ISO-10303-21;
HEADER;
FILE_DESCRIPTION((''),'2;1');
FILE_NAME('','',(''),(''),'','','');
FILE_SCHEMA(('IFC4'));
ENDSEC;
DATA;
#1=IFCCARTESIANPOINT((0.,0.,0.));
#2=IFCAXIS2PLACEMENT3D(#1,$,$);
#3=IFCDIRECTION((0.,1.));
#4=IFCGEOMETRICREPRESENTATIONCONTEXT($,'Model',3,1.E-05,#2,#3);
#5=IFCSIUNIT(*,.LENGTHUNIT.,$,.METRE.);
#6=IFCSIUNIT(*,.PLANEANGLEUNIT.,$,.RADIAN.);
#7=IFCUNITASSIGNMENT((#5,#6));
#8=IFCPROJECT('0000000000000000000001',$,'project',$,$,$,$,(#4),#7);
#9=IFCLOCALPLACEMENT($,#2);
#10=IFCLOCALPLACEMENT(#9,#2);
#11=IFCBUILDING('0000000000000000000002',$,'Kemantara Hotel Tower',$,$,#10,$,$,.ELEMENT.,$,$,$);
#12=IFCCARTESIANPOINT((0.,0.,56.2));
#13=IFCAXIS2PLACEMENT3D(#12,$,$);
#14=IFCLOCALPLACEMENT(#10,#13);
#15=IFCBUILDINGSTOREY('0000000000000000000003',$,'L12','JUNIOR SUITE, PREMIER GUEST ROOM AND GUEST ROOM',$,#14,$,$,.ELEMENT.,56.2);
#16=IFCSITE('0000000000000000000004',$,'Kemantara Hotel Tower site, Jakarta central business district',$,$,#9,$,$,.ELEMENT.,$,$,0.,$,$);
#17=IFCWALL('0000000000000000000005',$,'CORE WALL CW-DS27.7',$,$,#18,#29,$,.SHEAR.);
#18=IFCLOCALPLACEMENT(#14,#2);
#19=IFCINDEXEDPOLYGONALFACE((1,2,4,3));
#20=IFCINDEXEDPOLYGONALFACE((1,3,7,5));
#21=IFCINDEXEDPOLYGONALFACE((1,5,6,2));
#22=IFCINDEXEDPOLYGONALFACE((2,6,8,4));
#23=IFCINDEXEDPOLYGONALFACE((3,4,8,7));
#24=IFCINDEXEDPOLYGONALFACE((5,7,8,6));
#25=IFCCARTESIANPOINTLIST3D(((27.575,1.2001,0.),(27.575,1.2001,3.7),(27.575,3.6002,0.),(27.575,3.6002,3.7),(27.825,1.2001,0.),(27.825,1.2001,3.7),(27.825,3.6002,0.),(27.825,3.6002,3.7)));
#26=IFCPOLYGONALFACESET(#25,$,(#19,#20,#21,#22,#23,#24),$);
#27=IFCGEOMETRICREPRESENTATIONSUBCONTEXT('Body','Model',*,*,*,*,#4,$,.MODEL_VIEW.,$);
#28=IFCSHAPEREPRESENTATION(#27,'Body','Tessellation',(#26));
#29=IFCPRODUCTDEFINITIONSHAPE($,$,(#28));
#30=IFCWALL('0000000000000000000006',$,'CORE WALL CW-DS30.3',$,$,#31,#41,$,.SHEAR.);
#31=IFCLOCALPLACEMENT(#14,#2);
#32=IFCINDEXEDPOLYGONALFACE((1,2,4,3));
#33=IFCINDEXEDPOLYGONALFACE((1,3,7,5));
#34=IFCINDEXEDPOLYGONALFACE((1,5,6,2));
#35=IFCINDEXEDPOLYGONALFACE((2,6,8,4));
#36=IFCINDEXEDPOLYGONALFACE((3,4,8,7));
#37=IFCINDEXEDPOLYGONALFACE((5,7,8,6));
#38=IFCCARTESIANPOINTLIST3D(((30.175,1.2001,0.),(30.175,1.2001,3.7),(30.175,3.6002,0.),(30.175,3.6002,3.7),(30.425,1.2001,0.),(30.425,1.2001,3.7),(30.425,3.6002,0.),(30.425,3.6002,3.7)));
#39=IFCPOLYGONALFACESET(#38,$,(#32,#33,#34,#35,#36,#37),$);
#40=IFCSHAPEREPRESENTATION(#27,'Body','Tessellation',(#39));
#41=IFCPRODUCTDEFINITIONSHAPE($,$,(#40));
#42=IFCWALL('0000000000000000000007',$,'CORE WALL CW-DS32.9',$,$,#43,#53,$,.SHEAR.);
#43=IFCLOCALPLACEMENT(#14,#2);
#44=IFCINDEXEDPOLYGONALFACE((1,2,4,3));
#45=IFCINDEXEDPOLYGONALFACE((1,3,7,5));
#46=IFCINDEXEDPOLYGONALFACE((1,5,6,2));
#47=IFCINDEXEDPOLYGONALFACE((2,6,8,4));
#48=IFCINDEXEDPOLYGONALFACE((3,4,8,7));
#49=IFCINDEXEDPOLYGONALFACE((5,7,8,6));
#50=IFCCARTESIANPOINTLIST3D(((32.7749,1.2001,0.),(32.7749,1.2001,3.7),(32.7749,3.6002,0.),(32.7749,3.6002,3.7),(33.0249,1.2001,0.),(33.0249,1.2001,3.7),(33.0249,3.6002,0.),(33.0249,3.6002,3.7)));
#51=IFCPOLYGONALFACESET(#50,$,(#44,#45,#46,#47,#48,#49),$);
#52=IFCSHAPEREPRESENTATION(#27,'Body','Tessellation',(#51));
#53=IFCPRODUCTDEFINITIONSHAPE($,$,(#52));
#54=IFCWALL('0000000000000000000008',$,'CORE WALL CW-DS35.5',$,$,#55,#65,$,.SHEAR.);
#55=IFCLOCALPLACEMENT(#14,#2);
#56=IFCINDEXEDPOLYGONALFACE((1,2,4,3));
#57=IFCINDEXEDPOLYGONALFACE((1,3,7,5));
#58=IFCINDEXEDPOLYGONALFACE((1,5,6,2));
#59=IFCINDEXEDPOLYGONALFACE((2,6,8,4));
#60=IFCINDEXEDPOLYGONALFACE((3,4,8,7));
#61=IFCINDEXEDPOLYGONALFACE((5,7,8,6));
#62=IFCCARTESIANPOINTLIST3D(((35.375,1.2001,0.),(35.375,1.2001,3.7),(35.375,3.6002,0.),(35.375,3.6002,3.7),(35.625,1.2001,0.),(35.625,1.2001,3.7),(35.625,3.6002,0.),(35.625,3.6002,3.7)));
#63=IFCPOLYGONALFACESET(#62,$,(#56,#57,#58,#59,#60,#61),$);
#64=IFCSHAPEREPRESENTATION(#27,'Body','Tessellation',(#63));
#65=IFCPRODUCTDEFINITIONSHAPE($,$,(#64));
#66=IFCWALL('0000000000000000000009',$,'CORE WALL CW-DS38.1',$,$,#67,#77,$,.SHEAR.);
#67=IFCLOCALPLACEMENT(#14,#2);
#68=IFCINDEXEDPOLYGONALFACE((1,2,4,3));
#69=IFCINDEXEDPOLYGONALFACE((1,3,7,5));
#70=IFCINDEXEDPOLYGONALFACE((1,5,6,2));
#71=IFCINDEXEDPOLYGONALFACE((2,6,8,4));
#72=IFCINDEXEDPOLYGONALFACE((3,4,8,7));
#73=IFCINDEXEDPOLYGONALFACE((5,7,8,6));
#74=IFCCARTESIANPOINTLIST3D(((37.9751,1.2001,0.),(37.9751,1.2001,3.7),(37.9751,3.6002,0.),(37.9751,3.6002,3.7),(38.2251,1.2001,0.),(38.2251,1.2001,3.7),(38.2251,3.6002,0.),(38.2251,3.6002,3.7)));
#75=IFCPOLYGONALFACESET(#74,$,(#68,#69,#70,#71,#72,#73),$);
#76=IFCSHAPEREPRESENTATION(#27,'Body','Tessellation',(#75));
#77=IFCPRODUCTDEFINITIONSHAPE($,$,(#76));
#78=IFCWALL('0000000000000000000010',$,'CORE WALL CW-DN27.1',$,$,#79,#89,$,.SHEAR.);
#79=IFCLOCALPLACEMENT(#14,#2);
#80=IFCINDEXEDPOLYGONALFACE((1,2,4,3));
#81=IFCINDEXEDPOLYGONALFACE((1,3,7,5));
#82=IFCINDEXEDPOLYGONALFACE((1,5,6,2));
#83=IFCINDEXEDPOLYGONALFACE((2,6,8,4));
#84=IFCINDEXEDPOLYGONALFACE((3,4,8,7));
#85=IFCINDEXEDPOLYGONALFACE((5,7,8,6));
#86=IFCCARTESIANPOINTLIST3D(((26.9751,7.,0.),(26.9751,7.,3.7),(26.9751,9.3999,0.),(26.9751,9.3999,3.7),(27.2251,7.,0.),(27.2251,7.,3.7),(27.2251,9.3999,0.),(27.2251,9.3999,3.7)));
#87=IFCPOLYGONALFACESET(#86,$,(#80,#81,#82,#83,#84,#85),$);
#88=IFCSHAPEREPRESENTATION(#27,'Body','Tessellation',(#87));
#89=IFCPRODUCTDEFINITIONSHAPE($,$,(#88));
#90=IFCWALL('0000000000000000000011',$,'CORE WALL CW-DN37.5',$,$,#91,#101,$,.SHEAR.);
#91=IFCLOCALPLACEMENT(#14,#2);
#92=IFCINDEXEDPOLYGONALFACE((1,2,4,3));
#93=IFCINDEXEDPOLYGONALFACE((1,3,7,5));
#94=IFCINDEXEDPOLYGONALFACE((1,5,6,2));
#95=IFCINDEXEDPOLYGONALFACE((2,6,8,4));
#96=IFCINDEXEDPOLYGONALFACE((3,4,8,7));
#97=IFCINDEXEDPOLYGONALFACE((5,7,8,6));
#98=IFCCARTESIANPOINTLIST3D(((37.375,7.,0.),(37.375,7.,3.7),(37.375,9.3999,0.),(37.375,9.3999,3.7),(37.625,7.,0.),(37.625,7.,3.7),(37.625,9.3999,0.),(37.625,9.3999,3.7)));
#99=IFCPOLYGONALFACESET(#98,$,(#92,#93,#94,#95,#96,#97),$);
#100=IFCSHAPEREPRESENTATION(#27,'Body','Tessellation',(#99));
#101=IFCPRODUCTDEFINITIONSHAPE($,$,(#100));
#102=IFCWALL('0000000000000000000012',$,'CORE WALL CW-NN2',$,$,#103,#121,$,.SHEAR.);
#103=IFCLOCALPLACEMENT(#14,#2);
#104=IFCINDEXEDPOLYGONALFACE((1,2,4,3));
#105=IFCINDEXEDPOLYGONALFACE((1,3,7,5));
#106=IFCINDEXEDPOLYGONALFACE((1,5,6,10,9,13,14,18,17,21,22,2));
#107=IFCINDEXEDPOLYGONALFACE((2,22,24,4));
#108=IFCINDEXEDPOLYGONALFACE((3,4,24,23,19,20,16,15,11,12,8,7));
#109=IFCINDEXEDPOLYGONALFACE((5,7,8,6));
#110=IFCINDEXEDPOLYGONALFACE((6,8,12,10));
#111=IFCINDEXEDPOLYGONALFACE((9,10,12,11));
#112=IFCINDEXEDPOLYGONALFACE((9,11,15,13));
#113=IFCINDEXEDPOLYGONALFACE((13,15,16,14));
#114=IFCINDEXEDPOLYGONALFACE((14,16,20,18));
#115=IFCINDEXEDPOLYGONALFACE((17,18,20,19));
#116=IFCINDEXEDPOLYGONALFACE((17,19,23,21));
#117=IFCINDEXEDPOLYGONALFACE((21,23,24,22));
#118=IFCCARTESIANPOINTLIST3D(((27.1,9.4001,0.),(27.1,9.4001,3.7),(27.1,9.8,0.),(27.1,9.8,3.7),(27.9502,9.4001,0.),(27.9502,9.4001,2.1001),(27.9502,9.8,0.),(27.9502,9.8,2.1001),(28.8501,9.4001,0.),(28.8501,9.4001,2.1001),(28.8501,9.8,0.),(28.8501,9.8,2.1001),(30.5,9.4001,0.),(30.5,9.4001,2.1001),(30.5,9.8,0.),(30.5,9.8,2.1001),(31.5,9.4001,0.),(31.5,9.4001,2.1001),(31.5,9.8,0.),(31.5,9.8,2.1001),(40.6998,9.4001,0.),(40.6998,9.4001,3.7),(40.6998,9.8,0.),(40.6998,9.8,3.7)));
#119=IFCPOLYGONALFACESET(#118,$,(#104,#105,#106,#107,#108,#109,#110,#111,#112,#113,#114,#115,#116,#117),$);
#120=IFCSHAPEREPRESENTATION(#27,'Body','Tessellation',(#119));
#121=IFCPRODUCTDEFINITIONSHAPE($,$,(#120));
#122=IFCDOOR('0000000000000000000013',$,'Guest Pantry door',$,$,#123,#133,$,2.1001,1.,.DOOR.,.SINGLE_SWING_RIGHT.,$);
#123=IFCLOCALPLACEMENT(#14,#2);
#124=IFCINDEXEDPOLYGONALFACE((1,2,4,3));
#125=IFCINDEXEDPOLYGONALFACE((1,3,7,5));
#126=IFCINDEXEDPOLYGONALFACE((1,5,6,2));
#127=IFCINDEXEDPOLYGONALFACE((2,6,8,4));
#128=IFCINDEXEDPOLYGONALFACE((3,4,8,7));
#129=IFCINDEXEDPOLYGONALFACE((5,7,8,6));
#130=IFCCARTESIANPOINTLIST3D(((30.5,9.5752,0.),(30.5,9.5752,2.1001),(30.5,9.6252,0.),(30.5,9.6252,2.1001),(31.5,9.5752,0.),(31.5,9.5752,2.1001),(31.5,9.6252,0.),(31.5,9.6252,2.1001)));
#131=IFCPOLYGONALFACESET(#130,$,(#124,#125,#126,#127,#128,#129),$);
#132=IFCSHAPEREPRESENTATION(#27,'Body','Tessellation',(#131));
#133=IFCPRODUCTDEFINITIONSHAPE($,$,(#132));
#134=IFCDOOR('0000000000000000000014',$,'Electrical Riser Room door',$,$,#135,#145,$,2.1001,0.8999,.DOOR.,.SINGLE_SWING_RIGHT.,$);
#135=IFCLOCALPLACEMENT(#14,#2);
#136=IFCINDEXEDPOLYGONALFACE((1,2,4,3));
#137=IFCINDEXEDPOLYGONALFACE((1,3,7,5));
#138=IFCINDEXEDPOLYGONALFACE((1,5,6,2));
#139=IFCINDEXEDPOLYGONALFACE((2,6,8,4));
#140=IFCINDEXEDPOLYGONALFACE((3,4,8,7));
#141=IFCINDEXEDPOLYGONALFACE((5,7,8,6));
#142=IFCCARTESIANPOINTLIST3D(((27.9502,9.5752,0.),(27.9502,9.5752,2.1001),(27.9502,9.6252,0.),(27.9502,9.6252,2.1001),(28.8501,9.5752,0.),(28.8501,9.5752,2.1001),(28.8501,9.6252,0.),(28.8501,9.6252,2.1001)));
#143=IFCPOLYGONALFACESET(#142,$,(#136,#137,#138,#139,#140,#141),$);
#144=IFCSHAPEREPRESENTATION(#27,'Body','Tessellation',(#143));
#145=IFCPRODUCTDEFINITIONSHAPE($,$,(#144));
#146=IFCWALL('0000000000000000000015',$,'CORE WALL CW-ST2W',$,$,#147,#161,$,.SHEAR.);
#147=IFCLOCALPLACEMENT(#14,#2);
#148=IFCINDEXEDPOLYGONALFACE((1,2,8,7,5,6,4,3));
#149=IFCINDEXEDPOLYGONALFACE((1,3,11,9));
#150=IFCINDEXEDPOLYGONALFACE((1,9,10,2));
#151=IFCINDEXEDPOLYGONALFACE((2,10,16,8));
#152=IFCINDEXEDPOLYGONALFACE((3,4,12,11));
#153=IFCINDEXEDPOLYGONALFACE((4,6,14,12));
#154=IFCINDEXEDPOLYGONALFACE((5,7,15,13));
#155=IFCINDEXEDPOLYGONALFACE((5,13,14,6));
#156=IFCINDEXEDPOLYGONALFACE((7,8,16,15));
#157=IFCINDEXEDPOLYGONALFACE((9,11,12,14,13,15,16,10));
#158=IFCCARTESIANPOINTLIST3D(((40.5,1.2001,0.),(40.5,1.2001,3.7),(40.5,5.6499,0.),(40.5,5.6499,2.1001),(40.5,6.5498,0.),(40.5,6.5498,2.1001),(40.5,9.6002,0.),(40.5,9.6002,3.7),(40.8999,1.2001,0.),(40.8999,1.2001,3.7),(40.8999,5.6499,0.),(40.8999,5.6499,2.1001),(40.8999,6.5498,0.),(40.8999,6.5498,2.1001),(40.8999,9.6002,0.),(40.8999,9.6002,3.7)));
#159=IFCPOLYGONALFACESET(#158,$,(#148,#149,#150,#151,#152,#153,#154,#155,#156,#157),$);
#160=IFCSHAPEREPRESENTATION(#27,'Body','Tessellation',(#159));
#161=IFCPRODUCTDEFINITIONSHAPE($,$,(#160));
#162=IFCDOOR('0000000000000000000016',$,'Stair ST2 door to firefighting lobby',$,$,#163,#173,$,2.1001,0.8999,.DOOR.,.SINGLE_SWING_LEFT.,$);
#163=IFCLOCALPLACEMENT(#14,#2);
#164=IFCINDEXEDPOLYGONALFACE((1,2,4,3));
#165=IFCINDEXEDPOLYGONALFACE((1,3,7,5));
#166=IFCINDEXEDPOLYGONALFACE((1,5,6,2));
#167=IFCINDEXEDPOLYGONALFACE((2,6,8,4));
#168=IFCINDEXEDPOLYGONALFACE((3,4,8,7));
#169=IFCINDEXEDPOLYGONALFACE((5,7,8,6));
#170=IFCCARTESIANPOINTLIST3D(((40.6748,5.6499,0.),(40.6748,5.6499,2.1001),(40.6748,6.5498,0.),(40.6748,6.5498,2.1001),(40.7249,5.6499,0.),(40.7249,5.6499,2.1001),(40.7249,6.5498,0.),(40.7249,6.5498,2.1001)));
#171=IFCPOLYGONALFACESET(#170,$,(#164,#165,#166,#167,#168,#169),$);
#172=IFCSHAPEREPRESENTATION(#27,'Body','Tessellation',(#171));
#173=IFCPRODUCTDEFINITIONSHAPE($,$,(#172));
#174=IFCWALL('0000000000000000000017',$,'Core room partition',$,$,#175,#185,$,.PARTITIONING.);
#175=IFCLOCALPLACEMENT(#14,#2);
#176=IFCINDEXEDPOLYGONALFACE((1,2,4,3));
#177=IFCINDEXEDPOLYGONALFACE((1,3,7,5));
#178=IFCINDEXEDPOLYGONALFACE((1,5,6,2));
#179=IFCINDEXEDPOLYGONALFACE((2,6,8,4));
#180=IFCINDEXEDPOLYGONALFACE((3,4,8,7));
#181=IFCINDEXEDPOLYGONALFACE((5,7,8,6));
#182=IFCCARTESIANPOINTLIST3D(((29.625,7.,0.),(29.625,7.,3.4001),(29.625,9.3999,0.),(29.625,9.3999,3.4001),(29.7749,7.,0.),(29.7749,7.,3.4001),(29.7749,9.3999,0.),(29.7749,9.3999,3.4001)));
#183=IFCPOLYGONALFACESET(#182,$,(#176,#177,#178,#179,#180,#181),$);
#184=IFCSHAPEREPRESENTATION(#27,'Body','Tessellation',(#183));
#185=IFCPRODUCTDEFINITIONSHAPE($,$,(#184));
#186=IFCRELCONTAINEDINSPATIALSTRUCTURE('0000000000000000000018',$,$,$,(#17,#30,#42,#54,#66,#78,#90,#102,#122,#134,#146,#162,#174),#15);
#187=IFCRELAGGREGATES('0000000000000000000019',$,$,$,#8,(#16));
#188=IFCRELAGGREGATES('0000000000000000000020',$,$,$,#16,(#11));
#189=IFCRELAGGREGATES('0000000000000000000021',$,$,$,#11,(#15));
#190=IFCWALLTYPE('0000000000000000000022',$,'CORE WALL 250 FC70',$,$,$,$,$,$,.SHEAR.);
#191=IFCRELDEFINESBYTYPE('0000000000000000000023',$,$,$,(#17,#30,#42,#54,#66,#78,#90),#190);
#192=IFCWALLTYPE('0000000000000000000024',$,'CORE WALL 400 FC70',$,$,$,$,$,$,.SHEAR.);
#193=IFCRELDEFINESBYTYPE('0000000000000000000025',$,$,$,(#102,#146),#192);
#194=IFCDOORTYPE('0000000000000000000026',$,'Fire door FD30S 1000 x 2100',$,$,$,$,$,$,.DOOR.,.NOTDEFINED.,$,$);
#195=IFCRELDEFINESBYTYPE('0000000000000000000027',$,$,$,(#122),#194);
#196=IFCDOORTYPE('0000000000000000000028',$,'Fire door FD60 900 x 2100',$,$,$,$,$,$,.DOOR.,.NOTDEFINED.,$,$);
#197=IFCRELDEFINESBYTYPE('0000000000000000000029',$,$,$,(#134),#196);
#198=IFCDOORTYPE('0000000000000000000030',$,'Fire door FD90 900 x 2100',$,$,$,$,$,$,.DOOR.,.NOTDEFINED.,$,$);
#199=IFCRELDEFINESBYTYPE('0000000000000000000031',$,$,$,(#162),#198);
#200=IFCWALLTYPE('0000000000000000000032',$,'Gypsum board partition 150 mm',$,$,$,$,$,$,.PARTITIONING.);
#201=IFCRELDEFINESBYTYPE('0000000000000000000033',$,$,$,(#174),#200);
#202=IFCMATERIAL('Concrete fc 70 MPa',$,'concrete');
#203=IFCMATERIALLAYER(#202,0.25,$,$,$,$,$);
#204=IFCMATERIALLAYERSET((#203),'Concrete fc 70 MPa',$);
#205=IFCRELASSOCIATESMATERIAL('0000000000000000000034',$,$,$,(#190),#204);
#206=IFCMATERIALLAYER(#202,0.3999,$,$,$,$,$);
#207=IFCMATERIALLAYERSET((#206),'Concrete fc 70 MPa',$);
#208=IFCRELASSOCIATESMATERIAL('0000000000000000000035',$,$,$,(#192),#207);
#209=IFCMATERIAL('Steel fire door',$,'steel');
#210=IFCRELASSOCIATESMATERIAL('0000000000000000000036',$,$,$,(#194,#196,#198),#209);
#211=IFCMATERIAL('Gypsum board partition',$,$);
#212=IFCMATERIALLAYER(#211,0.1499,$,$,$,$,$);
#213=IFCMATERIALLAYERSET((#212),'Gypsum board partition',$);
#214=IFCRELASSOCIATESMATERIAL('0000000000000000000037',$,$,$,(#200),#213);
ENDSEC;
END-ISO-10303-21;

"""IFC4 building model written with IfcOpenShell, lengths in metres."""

from ifc_helpers import new_model, si_unit, direction, frame, frame_2d, origin, place, context, subcontext, project, spatial, rectangle, extrude, material, layer, layer_set, type_object, element, fill, save


model = new_model("IFC4")

# Units and contexts
model_context = context("Model", 3, precision=1e-05, world=origin(), true_north=direction((0.0, 1.0)))
body_context = subcontext(model_context, "Body", "Model", "MODEL_VIEW")
ifc_project = project(units=[si_unit("LENGTHUNIT", "METRE"), si_unit("PLANEANGLEUNIT", "RADIAN")], contexts=[model_context])

# Site, building, storey
site_placement = place(None, origin())
site = spatial("IfcSite", under=ifc_project, at=site_placement, Name="Kemantara Hotel Tower site, Jakarta central business district", CompositionType="ELEMENT", RefElevation=0.0)
building_placement = place(site_placement, origin())
building = spatial("IfcBuilding", under=site, at=building_placement, Name="Kemantara Hotel Tower", CompositionType="ELEMENT")
storey_placement = place(building_placement, frame((0.0, 0.0, 56.2)))
storey = spatial("IfcBuildingStorey", under=building, at=storey_placement, Name="L12", Description="JUNIOR SUITE, PREMIER GUEST ROOM AND GUEST ROOM", CompositionType="ELEMENT", Elevation=56.2)

# Walls
ifc_material_1 = material(Name="Concrete fc 70 MPa", Category="concrete")
ifc_layer_1 = layer(ifc_material_1, 0.25)
ifc_layer_set_1 = layer_set([ifc_layer_1], Name="Concrete fc 70 MPa")
wall_type_1 = type_object("IfcWallType", Name="CORE WALL 250 FC70", PredefinedType="SHEAR", material=ifc_layer_set_1)
for number, where, z_axis, x_axis, name in (
    (1, (27.7, 1.2, 0.0), (0.0, 0.0, 1.0), (0.0, 1.0, 0.0), "CORE WALL CW-DS27.7"),
    (2, (30.3, 1.2, 0.0), (0.0, 0.0, 1.0), (0.0, 1.0, 0.0), "CORE WALL CW-DS30.3"),
    (3, (32.8999, 1.2, 0.0), (0.0, 0.0, 1.0), (0.0, 1.0, 0.0), "CORE WALL CW-DS32.9"),
    (4, (35.5, 1.2, 0.0), (0.0, 0.0, 1.0), (0.0, 1.0, 0.0), "CORE WALL CW-DS35.5"),
    (5, (38.1001, 1.2, 0.0), (0.0, 0.0, 1.0), (0.0, 1.0, 0.0), "CORE WALL CW-DS38.1"),
):
    element("IfcWall", number, at=place(storey_placement, frame(where, z_axis=z_axis, x_axis=x_axis)), inside=storey, type_object=wall_type_1, Name=name, PredefinedType="SHEAR", context=body_context, shape_type="SweptSolid", body=[
        extrude(rectangle(XDim=2.4001, YDim=0.25, at=frame_2d((1.2002, 0.0))), origin(), (0.0, 0.0, 1.0), 3.7),
    ])
for number, where, z_axis, x_axis, name in (
    (6, (27.1001, 7.0, 0.0), (0.0, 0.0, 1.0), (0.0, 1.0, 0.0), "CORE WALL CW-DN27.1"),
    (7, (37.5, 7.0, 0.0), (0.0, 0.0, 1.0), (0.0, 1.0, 0.0), "CORE WALL CW-DN37.5"),
):
    element("IfcWall", number, at=place(storey_placement, frame(where, z_axis=z_axis, x_axis=x_axis)), inside=storey, type_object=wall_type_1, Name=name, PredefinedType="SHEAR", context=body_context, shape_type="SweptSolid", body=[
        extrude(rectangle(XDim=2.3999, YDim=0.25, at=frame_2d((1.2, 0.0))), origin(), (0.0, 0.0, 1.0), 3.7),
    ])

# Wall, openings, doors
ifc_layer_2 = layer(ifc_material_1, 0.3999)
ifc_layer_set_2 = layer_set([ifc_layer_2], Name="Concrete fc 70 MPa")
wall_type_2 = type_object("IfcWallType", Name="CORE WALL 400 FC70", PredefinedType="SHEAR", material=ifc_layer_set_2)
wall_1_placement = place(storey_placement, frame((27.1001, 9.6001, 0.0), z_axis=(0.0, 0.0, 1.0), x_axis=(1.0, 0.0, 0.0)))
wall_1 = element("IfcWall", 8, at=wall_1_placement, inside=storey, type_object=wall_type_2, Name="CORE WALL CW-NN2", PredefinedType="SHEAR", context=body_context, shape_type="SweptSolid", body=[
    extrude(rectangle(XDim=13.5999, YDim=0.3999, at=frame_2d((6.7998, 0.0))), origin(), (0.0, 0.0, 1.0), 3.7),
])
opening_1_placement = place(wall_1_placement, frame((0.8501, 0.0, 0.0)))
opening_1 = element("IfcOpeningElement", 9, at=opening_1_placement, cuts=wall_1, PredefinedType="OPENING", context=body_context, shape_type="SweptSolid", body=[
    extrude(rectangle(XDim=0.8999, YDim=2.1001, at=frame_2d((0.45, 1.05))), frame((0.0, 0.21, 0.0), z_axis=(0.0, -1.0, 0.0), x_axis=(1.0, 0.0, 0.0)), (0.0, 0.0, 1.0), 0.4199),
])
opening_2_placement = place(wall_1_placement, frame((3.3999, 0.0, 0.0)))
opening_2 = element("IfcOpeningElement", 10, at=opening_2_placement, cuts=wall_1, PredefinedType="OPENING", context=body_context, shape_type="SweptSolid", body=[
    extrude(rectangle(XDim=1.0, YDim=2.1001, at=frame_2d((0.5, 1.05))), frame((0.0, 0.21, 0.0), z_axis=(0.0, -1.0, 0.0), x_axis=(1.0, 0.0, 0.0)), (0.0, 0.0, 1.0), 0.4199),
])
ifc_material_2 = material(Name="Steel fire door", Category="steel")
door_type_1 = type_object("IfcDoorType", Name="Fire door FD30S 1000 x 2100", OperationType="NOTDEFINED", PredefinedType="DOOR", material=ifc_material_2)
door_1_placement = place(opening_2_placement, frame((1.0, 0.0, 0.0), z_axis=(0.0, 0.0, 1.0), x_axis=(-1.0, 0.0, 0.0)))
door_1 = element("IfcDoor", 11, at=door_1_placement, inside=storey, type_object=door_type_1, Name="Guest Pantry door", OperationType="SINGLE_SWING_RIGHT", OverallHeight=2.1001, OverallWidth=1.0, PredefinedType="DOOR", context=body_context, shape_type="SweptSolid", body=[
    extrude(rectangle(XDim=1.0, YDim=2.1001, at=frame_2d((0.5, 1.05))), frame((0.0, 0.0249, 0.0), z_axis=(0.0, -1.0, 0.0), x_axis=(1.0, 0.0, 0.0)), (0.0, 0.0, 1.0), 0.05),
])
fill(opening_2, door_1)
door_type_2 = type_object("IfcDoorType", Name="Fire door FD60 900 x 2100", OperationType="NOTDEFINED", PredefinedType="DOOR", material=ifc_material_2)
door_2_placement = place(opening_1_placement, frame((0.8999, 0.0, 0.0), z_axis=(0.0, 0.0, 1.0), x_axis=(-1.0, 0.0, 0.0)))
door_2 = element("IfcDoor", 12, at=door_2_placement, inside=storey, type_object=door_type_2, Name="Electrical Riser Room door", OperationType="SINGLE_SWING_RIGHT", OverallHeight=2.1001, OverallWidth=0.8999, PredefinedType="DOOR", context=body_context, shape_type="SweptSolid", body=[
    extrude(rectangle(XDim=0.8999, YDim=2.1001, at=frame_2d((0.45, 1.05))), frame((0.0, 0.0249, 0.0), z_axis=(0.0, -1.0, 0.0), x_axis=(1.0, 0.0, 0.0)), (0.0, 0.0, 1.0), 0.05),
])
fill(opening_1, door_2)

# Wall, opening, door
wall_2_placement = place(storey_placement, frame((40.7, 1.2, 0.0), z_axis=(0.0, 0.0, 1.0), x_axis=(0.0, 1.0, 0.0)))
wall_2 = element("IfcWall", 13, at=wall_2_placement, inside=storey, type_object=wall_type_2, Name="CORE WALL CW-ST2W", PredefinedType="SHEAR", context=body_context, shape_type="SweptSolid", body=[
    extrude(rectangle(XDim=8.4001, YDim=0.3999, at=frame_2d((4.2002, 0.0))), origin(), (0.0, 0.0, 1.0), 3.7),
])
opening_3_placement = place(wall_2_placement, frame((4.45, 0.0, 0.0)))
opening_3 = element("IfcOpeningElement", 14, at=opening_3_placement, cuts=wall_2, PredefinedType="OPENING", context=body_context, shape_type="SweptSolid", body=[
    extrude(rectangle(XDim=0.8999, YDim=2.1001, at=frame_2d((0.45, 1.05))), frame((0.0, 0.21, 0.0), z_axis=(0.0, -1.0, 0.0), x_axis=(1.0, 0.0, 0.0)), (0.0, 0.0, 1.0), 0.4199),
])
door_type_3 = type_object("IfcDoorType", Name="Fire door FD90 900 x 2100", OperationType="NOTDEFINED", PredefinedType="DOOR", material=ifc_material_2)
door_3_placement = place(opening_3_placement, frame((0.8999, 0.0, 0.0), z_axis=(0.0, 0.0, 1.0), x_axis=(-1.0, 0.0, 0.0)))
door_3 = element("IfcDoor", 15, at=door_3_placement, inside=storey, type_object=door_type_3, Name="Stair ST2 door to firefighting lobby", OperationType="SINGLE_SWING_LEFT", OverallHeight=2.1001, OverallWidth=0.8999, PredefinedType="DOOR", context=body_context, shape_type="SweptSolid", body=[
    extrude(rectangle(XDim=0.8999, YDim=2.1001, at=frame_2d((0.45, 1.05))), frame((0.0, 0.0249, 0.0), z_axis=(0.0, -1.0, 0.0), x_axis=(1.0, 0.0, 0.0)), (0.0, 0.0, 1.0), 0.05),
])
fill(opening_3, door_3)

# Wall
ifc_material_3 = material(Name="Gypsum board partition")
ifc_layer_3 = layer(ifc_material_3, 0.1499)
ifc_layer_set_3 = layer_set([ifc_layer_3], Name="Gypsum board partition")
wall_type_3 = type_object("IfcWallType", Name="Gypsum board partition 150 mm", PredefinedType="PARTITIONING", material=ifc_layer_set_3)
wall_3_placement = place(storey_placement, frame((29.7, 7.0, 0.0), z_axis=(0.0, 0.0, 1.0), x_axis=(0.0, 1.0, 0.0)))
element("IfcWall", 16, at=wall_3_placement, inside=storey, type_object=wall_type_3, Name="Core room partition", PredefinedType="PARTITIONING", context=body_context, shape_type="SweptSolid", body=[
    extrude(rectangle(XDim=2.3999, YDim=0.1499, at=frame_2d((1.2, 0.0))), origin(), (0.0, 0.0, 1.0), 3.4001),
])

save(model, "model.ifc")
